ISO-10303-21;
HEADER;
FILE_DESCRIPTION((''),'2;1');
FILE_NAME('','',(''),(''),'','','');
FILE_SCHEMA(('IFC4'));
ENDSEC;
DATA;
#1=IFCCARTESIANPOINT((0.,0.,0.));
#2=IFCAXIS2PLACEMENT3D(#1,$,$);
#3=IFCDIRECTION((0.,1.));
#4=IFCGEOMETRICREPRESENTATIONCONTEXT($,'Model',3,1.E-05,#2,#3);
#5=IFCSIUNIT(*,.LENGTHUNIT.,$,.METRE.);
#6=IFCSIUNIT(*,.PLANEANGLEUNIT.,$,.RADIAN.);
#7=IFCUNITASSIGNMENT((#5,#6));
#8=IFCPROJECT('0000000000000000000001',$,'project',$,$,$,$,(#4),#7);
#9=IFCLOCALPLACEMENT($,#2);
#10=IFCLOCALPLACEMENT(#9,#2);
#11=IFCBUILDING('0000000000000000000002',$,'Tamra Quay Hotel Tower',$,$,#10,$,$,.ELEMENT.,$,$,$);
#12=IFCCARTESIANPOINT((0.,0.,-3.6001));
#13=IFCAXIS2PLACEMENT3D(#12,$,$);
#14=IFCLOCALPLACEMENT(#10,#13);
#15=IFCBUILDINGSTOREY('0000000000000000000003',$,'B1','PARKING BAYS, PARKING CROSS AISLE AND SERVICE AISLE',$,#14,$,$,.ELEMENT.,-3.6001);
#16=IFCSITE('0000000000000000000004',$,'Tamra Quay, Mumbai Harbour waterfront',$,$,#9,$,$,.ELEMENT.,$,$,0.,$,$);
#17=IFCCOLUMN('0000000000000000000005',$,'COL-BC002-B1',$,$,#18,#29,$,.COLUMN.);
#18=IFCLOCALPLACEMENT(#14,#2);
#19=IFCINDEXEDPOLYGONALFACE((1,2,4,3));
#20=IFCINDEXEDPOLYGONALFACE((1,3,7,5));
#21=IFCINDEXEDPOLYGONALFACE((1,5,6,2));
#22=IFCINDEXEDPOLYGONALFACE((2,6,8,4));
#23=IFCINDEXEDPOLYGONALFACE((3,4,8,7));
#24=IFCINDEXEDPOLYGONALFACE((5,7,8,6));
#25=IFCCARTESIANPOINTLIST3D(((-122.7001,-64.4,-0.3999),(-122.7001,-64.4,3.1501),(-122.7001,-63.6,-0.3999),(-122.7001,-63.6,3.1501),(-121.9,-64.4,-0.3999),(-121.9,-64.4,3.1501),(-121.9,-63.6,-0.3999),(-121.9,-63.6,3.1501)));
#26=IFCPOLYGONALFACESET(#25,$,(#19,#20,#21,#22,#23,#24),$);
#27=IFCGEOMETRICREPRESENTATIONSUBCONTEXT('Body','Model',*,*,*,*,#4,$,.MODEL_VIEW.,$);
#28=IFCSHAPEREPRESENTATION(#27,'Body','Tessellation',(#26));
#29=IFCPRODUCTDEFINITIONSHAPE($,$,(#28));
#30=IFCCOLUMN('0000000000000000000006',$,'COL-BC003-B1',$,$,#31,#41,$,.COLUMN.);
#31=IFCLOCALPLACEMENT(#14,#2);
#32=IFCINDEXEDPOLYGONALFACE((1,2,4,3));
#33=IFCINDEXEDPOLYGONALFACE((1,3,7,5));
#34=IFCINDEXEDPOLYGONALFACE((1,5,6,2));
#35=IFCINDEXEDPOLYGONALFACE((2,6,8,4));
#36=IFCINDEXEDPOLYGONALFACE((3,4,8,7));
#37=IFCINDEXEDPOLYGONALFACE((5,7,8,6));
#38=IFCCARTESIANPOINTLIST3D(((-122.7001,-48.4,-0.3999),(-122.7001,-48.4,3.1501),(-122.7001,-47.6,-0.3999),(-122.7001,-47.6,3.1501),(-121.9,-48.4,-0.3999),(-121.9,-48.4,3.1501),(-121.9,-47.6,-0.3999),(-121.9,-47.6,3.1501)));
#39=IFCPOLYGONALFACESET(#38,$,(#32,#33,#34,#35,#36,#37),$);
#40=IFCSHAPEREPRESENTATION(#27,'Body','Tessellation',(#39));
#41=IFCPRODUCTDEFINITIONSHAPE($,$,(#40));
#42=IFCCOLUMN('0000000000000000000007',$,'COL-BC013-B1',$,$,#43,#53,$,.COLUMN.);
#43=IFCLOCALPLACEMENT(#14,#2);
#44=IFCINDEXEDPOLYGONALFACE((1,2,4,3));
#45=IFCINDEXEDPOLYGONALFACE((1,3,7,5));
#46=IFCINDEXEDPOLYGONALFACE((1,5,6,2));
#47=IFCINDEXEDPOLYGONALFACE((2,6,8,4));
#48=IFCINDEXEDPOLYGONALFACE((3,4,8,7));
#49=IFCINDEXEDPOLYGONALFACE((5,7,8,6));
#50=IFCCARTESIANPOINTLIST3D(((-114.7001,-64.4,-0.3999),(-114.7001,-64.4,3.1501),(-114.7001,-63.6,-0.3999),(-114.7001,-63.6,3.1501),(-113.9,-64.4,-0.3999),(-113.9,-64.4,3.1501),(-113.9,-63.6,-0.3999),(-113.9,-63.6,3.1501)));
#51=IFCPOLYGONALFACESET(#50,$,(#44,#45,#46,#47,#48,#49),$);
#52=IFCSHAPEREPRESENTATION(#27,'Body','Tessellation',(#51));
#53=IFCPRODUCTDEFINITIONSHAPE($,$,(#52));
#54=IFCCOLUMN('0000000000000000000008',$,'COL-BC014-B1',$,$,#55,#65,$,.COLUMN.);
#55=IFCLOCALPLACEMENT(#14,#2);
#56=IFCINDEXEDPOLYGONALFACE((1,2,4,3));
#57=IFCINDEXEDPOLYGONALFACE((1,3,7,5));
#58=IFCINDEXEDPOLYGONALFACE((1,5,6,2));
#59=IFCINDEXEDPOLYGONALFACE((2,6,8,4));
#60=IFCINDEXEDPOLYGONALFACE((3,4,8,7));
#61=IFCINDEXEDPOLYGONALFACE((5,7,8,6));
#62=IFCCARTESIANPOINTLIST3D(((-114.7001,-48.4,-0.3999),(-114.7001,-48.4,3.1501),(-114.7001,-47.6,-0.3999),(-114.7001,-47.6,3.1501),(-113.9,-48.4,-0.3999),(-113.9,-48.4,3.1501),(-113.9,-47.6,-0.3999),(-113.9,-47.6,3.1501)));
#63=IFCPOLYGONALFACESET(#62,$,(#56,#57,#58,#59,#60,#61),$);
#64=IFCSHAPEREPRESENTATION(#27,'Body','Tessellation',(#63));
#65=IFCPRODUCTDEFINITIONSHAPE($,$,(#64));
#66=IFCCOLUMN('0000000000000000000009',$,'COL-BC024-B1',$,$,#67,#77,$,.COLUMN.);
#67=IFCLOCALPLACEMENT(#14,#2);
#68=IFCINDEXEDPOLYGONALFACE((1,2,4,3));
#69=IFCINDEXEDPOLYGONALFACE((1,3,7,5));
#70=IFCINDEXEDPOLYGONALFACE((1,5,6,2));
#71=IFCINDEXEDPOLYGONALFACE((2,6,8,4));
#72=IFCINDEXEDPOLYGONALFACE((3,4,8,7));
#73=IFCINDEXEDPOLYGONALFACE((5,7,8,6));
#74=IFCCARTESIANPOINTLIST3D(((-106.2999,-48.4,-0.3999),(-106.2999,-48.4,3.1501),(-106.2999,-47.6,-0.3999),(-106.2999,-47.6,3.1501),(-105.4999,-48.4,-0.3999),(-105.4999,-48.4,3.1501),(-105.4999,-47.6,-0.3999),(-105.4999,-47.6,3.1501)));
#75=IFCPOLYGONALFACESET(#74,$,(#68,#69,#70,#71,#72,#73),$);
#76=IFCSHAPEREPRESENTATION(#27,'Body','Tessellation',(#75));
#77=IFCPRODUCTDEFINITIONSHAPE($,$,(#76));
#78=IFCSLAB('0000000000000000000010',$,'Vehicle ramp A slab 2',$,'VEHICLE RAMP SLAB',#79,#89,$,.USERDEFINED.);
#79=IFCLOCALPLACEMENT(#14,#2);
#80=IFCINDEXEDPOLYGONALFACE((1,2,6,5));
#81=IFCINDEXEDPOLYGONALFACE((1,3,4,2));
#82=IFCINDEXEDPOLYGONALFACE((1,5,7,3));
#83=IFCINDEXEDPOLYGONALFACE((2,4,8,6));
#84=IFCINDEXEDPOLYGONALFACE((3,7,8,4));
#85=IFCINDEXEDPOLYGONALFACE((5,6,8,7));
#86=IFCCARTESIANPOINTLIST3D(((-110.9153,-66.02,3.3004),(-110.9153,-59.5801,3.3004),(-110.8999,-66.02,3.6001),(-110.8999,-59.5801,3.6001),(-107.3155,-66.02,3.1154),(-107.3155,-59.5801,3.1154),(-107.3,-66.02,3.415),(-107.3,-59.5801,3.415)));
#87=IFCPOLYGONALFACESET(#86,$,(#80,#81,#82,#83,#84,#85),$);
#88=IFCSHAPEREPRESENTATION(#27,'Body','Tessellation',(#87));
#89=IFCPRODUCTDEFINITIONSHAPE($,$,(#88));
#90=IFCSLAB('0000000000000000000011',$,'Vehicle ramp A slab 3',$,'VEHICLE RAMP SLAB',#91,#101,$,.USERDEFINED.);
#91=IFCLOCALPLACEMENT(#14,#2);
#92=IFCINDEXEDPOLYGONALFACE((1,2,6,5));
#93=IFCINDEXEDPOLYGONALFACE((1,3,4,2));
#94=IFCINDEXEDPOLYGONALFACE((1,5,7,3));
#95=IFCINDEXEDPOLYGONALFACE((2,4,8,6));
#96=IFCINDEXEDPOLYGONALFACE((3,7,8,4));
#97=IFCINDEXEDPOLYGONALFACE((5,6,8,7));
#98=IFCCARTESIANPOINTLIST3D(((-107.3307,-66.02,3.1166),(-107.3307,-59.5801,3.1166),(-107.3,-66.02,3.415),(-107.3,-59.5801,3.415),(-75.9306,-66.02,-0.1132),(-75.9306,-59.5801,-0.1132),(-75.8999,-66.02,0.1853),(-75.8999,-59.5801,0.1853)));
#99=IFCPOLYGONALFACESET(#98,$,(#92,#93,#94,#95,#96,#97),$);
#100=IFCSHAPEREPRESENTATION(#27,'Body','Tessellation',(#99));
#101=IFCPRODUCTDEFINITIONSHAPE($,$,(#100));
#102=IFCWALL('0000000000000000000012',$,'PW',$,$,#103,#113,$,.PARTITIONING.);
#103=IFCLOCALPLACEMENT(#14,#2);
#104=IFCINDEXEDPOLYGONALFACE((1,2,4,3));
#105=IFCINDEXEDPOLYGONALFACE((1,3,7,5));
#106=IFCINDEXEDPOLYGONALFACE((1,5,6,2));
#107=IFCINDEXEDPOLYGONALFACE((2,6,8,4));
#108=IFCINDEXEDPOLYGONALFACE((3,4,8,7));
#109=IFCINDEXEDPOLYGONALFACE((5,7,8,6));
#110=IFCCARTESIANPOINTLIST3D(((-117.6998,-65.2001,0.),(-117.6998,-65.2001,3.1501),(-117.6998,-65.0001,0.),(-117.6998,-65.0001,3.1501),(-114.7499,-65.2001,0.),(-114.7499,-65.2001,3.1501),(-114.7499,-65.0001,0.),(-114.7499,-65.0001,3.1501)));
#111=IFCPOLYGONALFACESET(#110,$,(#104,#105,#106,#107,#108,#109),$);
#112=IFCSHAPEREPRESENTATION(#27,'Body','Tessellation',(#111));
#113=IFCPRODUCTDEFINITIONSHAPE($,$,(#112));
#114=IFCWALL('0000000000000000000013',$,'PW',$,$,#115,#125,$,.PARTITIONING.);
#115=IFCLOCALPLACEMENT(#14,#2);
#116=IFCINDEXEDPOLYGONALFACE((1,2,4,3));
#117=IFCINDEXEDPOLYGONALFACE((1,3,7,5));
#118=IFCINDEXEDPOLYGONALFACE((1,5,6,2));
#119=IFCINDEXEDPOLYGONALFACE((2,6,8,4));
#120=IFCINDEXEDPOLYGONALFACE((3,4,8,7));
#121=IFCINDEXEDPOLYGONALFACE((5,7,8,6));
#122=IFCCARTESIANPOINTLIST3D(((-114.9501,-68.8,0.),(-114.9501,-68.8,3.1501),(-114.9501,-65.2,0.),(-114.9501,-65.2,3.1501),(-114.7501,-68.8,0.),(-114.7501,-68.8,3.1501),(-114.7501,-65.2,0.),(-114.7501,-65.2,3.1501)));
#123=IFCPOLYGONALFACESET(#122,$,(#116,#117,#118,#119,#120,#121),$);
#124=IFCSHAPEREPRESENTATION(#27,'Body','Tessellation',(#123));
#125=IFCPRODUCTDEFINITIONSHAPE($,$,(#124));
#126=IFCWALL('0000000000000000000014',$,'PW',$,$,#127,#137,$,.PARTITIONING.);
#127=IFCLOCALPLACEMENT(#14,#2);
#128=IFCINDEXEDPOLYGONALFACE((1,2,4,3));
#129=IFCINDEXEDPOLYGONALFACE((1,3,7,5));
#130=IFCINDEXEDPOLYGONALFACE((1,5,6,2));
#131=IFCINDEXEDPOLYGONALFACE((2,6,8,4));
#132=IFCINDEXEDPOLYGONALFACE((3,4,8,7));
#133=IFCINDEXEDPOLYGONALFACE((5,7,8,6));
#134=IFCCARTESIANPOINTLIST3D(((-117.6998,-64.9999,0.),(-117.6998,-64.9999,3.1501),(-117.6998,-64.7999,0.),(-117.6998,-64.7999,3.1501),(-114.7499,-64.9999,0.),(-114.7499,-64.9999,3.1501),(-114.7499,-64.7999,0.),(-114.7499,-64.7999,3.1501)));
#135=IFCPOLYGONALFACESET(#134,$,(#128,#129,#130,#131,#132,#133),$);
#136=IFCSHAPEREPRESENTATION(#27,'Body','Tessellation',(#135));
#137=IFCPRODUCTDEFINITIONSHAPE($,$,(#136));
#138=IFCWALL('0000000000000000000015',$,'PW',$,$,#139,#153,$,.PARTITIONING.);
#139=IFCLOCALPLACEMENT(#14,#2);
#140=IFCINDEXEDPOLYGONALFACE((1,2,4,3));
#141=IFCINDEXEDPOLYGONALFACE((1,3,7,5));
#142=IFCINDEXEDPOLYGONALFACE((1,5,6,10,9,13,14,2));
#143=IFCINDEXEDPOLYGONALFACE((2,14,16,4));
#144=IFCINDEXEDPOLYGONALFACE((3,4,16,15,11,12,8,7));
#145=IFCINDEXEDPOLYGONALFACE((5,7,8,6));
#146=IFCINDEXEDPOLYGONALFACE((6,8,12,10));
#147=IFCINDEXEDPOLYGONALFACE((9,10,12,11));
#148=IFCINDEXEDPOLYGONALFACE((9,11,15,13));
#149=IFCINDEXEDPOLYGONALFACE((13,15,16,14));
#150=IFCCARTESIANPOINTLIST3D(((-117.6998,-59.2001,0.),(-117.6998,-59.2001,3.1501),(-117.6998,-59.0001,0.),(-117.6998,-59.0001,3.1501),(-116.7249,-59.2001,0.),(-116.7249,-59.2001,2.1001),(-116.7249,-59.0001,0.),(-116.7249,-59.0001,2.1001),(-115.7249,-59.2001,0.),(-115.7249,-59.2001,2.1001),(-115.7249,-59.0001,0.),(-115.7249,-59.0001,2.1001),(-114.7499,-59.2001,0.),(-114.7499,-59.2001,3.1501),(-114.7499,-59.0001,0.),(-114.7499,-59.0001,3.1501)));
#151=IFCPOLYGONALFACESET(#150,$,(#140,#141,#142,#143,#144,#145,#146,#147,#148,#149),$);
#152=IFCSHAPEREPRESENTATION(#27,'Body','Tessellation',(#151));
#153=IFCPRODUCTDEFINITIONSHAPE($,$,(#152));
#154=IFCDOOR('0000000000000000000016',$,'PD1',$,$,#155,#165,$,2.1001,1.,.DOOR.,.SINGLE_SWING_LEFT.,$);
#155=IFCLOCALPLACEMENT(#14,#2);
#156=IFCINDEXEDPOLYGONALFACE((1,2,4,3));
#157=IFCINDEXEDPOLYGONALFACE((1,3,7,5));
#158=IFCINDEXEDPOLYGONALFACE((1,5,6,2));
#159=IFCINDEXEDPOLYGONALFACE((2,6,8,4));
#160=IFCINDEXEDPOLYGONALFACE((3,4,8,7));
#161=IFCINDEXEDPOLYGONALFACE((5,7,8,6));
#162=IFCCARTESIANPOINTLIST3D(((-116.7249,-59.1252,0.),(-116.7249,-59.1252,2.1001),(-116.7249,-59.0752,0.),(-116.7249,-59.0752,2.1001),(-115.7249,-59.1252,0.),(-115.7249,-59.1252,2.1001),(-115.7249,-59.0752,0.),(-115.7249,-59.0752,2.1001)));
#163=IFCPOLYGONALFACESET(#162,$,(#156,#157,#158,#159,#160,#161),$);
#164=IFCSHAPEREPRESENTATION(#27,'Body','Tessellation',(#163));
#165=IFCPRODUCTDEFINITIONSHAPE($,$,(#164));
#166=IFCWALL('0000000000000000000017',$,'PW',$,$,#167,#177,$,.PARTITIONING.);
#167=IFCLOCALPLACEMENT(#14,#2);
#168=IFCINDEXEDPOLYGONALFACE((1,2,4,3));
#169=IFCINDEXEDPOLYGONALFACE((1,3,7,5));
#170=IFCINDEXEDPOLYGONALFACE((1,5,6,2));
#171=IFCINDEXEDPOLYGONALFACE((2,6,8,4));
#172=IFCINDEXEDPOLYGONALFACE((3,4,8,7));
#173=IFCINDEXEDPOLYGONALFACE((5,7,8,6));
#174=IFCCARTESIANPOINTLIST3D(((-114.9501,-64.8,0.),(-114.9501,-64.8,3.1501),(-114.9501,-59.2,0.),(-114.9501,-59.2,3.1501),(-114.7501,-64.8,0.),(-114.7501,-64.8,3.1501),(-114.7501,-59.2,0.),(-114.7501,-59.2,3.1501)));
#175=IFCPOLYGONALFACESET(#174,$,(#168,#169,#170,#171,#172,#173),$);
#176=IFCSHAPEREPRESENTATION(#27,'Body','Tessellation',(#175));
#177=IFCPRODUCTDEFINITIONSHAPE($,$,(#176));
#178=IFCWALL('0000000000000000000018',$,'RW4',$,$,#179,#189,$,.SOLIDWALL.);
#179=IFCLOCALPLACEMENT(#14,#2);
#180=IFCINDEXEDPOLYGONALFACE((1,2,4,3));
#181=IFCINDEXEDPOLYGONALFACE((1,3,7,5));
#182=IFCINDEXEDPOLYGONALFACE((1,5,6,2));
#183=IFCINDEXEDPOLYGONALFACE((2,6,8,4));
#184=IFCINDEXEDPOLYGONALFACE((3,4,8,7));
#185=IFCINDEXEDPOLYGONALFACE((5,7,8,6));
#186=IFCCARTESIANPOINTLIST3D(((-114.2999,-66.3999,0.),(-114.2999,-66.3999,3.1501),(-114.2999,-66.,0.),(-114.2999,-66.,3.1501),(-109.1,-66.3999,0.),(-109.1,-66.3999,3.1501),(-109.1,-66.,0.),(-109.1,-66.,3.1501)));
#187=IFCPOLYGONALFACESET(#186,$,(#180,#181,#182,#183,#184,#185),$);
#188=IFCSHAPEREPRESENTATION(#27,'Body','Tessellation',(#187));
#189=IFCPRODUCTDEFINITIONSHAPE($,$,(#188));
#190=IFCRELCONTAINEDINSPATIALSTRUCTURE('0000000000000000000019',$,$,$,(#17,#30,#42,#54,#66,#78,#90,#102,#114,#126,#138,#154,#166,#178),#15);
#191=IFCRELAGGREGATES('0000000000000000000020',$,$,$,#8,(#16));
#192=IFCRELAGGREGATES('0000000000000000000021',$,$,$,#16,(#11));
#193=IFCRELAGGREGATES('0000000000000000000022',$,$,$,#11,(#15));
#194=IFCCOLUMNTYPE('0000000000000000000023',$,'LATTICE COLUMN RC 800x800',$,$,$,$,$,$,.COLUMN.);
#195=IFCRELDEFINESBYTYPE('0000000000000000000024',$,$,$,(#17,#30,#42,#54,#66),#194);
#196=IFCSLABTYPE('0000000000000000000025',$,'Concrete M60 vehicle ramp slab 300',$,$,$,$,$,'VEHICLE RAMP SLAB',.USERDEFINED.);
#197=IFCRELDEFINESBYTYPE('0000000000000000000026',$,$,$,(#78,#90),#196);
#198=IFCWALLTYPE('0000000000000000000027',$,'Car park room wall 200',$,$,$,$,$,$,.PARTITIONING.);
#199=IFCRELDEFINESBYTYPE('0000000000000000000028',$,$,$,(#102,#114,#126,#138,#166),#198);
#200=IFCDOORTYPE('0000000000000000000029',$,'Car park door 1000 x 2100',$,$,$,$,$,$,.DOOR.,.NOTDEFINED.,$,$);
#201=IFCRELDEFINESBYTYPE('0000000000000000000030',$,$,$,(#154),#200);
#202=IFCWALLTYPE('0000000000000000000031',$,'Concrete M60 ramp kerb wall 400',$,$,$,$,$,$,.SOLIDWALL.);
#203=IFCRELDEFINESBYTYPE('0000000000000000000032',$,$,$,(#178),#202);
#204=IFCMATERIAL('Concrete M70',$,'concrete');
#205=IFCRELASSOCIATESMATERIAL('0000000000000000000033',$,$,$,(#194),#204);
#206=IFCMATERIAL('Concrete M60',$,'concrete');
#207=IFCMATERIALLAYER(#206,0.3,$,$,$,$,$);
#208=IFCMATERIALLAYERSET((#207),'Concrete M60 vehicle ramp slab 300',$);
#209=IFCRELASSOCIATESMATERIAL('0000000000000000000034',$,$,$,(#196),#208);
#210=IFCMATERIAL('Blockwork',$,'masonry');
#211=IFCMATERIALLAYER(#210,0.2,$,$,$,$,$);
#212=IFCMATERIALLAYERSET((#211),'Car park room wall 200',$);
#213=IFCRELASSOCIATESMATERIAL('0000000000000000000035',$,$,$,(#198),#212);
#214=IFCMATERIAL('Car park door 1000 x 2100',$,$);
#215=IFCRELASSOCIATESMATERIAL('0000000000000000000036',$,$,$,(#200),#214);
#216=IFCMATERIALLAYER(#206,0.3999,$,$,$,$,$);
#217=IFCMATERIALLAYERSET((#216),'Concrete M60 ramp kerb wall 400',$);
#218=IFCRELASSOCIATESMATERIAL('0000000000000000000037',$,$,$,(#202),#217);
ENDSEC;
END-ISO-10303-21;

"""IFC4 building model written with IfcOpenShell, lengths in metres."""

from ifc_helpers import new_model, si_unit, direction, frame, frame_2d, origin, origin_2d, place, context, subcontext, project, spatial, polyline, rectangle, outline, extrude, material, layer, layer_set, material_profile, profile_set, type_object, element, fill, save


model = new_model("IFC4")

# Units and contexts
model_context = context("Model", 3, precision=1e-05, world=origin(), true_north=direction((0.0, 1.0)))
body_context = subcontext(model_context, "Body", "Model", "MODEL_VIEW")
ifc_project = project(units=[si_unit("LENGTHUNIT", "METRE"), si_unit("PLANEANGLEUNIT", "RADIAN")], contexts=[model_context])

# Site, building, storey
site_placement = place(None, origin())
site = spatial("IfcSite", under=ifc_project, at=site_placement, Name="Tamra Quay, Mumbai Harbour waterfront", CompositionType="ELEMENT", RefElevation=0.0)
building_placement = place(site_placement, origin())
building = spatial("IfcBuilding", under=site, at=building_placement, Name="Tamra Quay Hotel Tower", CompositionType="ELEMENT")
storey_placement = place(building_placement, frame((0.0, 0.0, -3.6001)))
storey = spatial("IfcBuildingStorey", under=building, at=storey_placement, Name="B1", Description="PARKING BAYS, PARKING CROSS AISLE AND SERVICE AISLE", CompositionType="ELEMENT", Elevation=-3.6001)

# Columns
ifc_material_1 = material(Name="Concrete M70", Category="concrete")
ifc_material_profile = material_profile(ifc_material_1, rectangle(XDim=0.8, YDim=0.8, at=origin_2d()), Name="LATTICE COLUMN RC 800x800")
ifc_profile_set = profile_set([ifc_material_profile], Name="Concrete M70")
column_type = type_object("IfcColumnType", Name="LATTICE COLUMN RC 800x800", PredefinedType="COLUMN", material=ifc_profile_set)
for number, where, z_axis, x_axis, name in (
    (1, (-122.3, -64.0, -0.3999), (0.0, 0.0, 1.0), (1.0, 0.0, 0.0), "COL-BC002-B1"),
    (2, (-122.3, -48.0, -0.3999), (0.0, 0.0, 1.0), (1.0, 0.0, 0.0), "COL-BC003-B1"),
    (3, (-114.3, -64.0, -0.3999), (0.0, 0.0, 1.0), (1.0, 0.0, 0.0), "COL-BC013-B1"),
    (4, (-114.3, -48.0, -0.3999), (0.0, 0.0, 1.0), (1.0, 0.0, 0.0), "COL-BC014-B1"),
    (5, (-105.8999, -48.0, -0.3999), (0.0, 0.0, 1.0), (1.0, 0.0, 0.0), "COL-BC024-B1"),
):
    element("IfcColumn", number, at=place(storey_placement, frame(where, z_axis=z_axis, x_axis=x_axis)), inside=storey, type_object=column_type, Name=name, PredefinedType="COLUMN", context=body_context, shape_type="SweptSolid", body=[
        extrude(rectangle(XDim=0.8, YDim=0.8, at=origin_2d()), origin(), (0.0, 0.0, 1.0), 3.55),
    ])

# Slabs
ifc_material_2 = material(Name="Concrete M60", Category="concrete")
ifc_layer_1 = layer(ifc_material_2, 0.3)
ifc_layer_set_1 = layer_set([ifc_layer_1], Name="Concrete M60 vehicle ramp slab 300")
slab_type = type_object("IfcSlabType", Name="Concrete M60 vehicle ramp slab 300", ElementType="VEHICLE RAMP SLAB", PredefinedType="USERDEFINED", material=ifc_layer_set_1)
slab_1_placement = place(storey_placement, frame((-110.8999, -66.02, 3.6001), z_axis=(0.051339, 0.0, 0.998681), x_axis=(0.998681, 0.0, -0.051339)))
element("IfcSlab", 6, at=slab_1_placement, inside=storey, type_object=slab_type, Name="Vehicle ramp A slab 2", ObjectType="VEHICLE RAMP SLAB", PredefinedType="USERDEFINED", context=body_context, shape_type="SweptSolid", body=[
    extrude(outline(polyline([(0.0, 0.0), (3.6046, 0.0), (3.6046, 6.4399), (0.0, 6.4399), (0.0, 0.0)])), origin(), (0.0, 0.0, -1.0), 0.3),
])
slab_2_placement = place(storey_placement, frame((-107.3, -66.02, 3.415), z_axis=(0.102318, 0.0, 0.994752), x_axis=(0.994752, 0.0, -0.102318)))
element("IfcSlab", 7, at=slab_2_placement, inside=storey, type_object=slab_type, Name="Vehicle ramp A slab 3", ObjectType="VEHICLE RAMP SLAB", PredefinedType="USERDEFINED", context=body_context, shape_type="SweptSolid", body=[
    extrude(outline(polyline([(0.0, 0.0), (31.5658, 0.0), (31.5658, 6.4399), (0.0, 6.4399), (0.0, 0.0)])), origin(), (0.0, 0.0, -1.0), 0.3),
])

# Walls
ifc_material_3 = material(Name="Blockwork", Category="masonry")
ifc_layer_2 = layer(ifc_material_3, 0.2)
ifc_layer_set_2 = layer_set([ifc_layer_2], Name="Car park room wall 200")
wall_type_1 = type_object("IfcWallType", Name="Car park room wall 200", PredefinedType="PARTITIONING", material=ifc_layer_set_2)
wall_1_placement = place(storey_placement, frame((-117.7, -65.1001, 0.0), z_axis=(0.0, 0.0, 1.0), x_axis=(1.0, 0.0, 0.0)))
element("IfcWall", 8, at=wall_1_placement, inside=storey, type_object=wall_type_1, Name="PW", PredefinedType="PARTITIONING", context=body_context, shape_type="SweptSolid", body=[
    extrude(rectangle(XDim=2.95, YDim=0.2, at=frame_2d((1.4751, 0.0))), origin(), (0.0, 0.0, 1.0), 3.1501),
])
wall_2_placement = place(storey_placement, frame((-114.8501, -68.8, 0.0), z_axis=(0.0, 0.0, 1.0), x_axis=(0.0, 1.0, 0.0)))
element("IfcWall", 9, at=wall_2_placement, inside=storey, type_object=wall_type_1, Name="PW", PredefinedType="PARTITIONING", context=body_context, shape_type="SweptSolid", body=[
    extrude(rectangle(XDim=3.6001, YDim=0.2, at=frame_2d((1.8, 0.0))), origin(), (0.0, 0.0, 1.0), 3.1501),
])
wall_3_placement = place(storey_placement, frame((-117.7, -64.8999, 0.0), z_axis=(0.0, 0.0, 1.0), x_axis=(1.0, 0.0, 0.0)))
element("IfcWall", 10, at=wall_3_placement, inside=storey, type_object=wall_type_1, Name="PW", PredefinedType="PARTITIONING", context=body_context, shape_type="SweptSolid", body=[
    extrude(rectangle(XDim=2.95, YDim=0.2, at=frame_2d((1.4751, 0.0))), origin(), (0.0, 0.0, 1.0), 3.1501),
])

# Wall, opening, door
wall_4_placement = place(storey_placement, frame((-117.7, -59.1001, 0.0), z_axis=(0.0, 0.0, 1.0), x_axis=(1.0, 0.0, 0.0)))
wall_4 = element("IfcWall", 11, at=wall_4_placement, inside=storey, type_object=wall_type_1, Name="PW", PredefinedType="PARTITIONING", context=body_context, shape_type="SweptSolid", body=[
    extrude(rectangle(XDim=2.95, YDim=0.2, at=frame_2d((1.4751, 0.0))), origin(), (0.0, 0.0, 1.0), 3.1501),
])
opening_1_placement = place(wall_4_placement, frame((0.9751, 0.0, 0.0)))
opening_1 = element("IfcOpeningElement", 12, at=opening_1_placement, cuts=wall_4, PredefinedType="OPENING", context=body_context, shape_type="SweptSolid", body=[
    extrude(rectangle(XDim=1.0, YDim=2.1001, at=frame_2d((0.5, 1.05))), frame((0.0, 0.1099, 0.0), z_axis=(0.0, -1.0, 0.0), x_axis=(1.0, 0.0, 0.0)), (0.0, 0.0, 1.0), 0.22),
])
ifc_material_4 = material(Name="Car park door 1000 x 2100")
door_type_1 = type_object("IfcDoorType", Name="Car park door 1000 x 2100", OperationType="NOTDEFINED", PredefinedType="DOOR", material=ifc_material_4)
door_1_placement = place(opening_1_placement, origin())
door_1 = element("IfcDoor", 13, at=door_1_placement, inside=storey, type_object=door_type_1, Name="PD1", OperationType="SINGLE_SWING_LEFT", OverallHeight=2.1001, OverallWidth=1.0, PredefinedType="DOOR", context=body_context, shape_type="SweptSolid", body=[
    extrude(rectangle(XDim=1.0, YDim=2.1001, at=frame_2d((0.5, 1.05))), frame((0.0, 0.0249, 0.0), z_axis=(0.0, -1.0, 0.0), x_axis=(1.0, 0.0, 0.0)), (0.0, 0.0, 1.0), 0.05),
])
fill(opening_1, door_1)

# Walls
wall_5_placement = place(storey_placement, frame((-114.8501, -64.8, 0.0), z_axis=(0.0, 0.0, 1.0), x_axis=(0.0, 1.0, 0.0)))
element("IfcWall", 14, at=wall_5_placement, inside=storey, type_object=wall_type_1, Name="PW", PredefinedType="PARTITIONING", context=body_context, shape_type="SweptSolid", body=[
    extrude(rectangle(XDim=5.6001, YDim=0.2, at=frame_2d((2.8, 0.0))), origin(), (0.0, 0.0, 1.0), 3.1501),
])
ifc_layer_3 = layer(ifc_material_2, 0.3999)
ifc_layer_set_3 = layer_set([ifc_layer_3], Name="Concrete M60 ramp kerb wall 400")
wall_type_2 = type_object("IfcWallType", Name="Concrete M60 ramp kerb wall 400", PredefinedType="SOLIDWALL", material=ifc_layer_set_3)
wall_6_placement = place(storey_placement, frame((-114.3, -66.2, 0.0), z_axis=(0.0, 0.0, 1.0), x_axis=(1.0, 0.0, 0.0)))
element("IfcWall", 15, at=wall_6_placement, inside=storey, type_object=wall_type_2, Name="RW4", PredefinedType="SOLIDWALL", context=body_context, shape_type="SweptSolid", body=[
    extrude(rectangle(XDim=5.2, YDim=0.3999, at=frame_2d((2.6001, 0.0))), origin(), (0.0, 0.0, 1.0), 3.1501),
])

save(model, "model.ifc")
